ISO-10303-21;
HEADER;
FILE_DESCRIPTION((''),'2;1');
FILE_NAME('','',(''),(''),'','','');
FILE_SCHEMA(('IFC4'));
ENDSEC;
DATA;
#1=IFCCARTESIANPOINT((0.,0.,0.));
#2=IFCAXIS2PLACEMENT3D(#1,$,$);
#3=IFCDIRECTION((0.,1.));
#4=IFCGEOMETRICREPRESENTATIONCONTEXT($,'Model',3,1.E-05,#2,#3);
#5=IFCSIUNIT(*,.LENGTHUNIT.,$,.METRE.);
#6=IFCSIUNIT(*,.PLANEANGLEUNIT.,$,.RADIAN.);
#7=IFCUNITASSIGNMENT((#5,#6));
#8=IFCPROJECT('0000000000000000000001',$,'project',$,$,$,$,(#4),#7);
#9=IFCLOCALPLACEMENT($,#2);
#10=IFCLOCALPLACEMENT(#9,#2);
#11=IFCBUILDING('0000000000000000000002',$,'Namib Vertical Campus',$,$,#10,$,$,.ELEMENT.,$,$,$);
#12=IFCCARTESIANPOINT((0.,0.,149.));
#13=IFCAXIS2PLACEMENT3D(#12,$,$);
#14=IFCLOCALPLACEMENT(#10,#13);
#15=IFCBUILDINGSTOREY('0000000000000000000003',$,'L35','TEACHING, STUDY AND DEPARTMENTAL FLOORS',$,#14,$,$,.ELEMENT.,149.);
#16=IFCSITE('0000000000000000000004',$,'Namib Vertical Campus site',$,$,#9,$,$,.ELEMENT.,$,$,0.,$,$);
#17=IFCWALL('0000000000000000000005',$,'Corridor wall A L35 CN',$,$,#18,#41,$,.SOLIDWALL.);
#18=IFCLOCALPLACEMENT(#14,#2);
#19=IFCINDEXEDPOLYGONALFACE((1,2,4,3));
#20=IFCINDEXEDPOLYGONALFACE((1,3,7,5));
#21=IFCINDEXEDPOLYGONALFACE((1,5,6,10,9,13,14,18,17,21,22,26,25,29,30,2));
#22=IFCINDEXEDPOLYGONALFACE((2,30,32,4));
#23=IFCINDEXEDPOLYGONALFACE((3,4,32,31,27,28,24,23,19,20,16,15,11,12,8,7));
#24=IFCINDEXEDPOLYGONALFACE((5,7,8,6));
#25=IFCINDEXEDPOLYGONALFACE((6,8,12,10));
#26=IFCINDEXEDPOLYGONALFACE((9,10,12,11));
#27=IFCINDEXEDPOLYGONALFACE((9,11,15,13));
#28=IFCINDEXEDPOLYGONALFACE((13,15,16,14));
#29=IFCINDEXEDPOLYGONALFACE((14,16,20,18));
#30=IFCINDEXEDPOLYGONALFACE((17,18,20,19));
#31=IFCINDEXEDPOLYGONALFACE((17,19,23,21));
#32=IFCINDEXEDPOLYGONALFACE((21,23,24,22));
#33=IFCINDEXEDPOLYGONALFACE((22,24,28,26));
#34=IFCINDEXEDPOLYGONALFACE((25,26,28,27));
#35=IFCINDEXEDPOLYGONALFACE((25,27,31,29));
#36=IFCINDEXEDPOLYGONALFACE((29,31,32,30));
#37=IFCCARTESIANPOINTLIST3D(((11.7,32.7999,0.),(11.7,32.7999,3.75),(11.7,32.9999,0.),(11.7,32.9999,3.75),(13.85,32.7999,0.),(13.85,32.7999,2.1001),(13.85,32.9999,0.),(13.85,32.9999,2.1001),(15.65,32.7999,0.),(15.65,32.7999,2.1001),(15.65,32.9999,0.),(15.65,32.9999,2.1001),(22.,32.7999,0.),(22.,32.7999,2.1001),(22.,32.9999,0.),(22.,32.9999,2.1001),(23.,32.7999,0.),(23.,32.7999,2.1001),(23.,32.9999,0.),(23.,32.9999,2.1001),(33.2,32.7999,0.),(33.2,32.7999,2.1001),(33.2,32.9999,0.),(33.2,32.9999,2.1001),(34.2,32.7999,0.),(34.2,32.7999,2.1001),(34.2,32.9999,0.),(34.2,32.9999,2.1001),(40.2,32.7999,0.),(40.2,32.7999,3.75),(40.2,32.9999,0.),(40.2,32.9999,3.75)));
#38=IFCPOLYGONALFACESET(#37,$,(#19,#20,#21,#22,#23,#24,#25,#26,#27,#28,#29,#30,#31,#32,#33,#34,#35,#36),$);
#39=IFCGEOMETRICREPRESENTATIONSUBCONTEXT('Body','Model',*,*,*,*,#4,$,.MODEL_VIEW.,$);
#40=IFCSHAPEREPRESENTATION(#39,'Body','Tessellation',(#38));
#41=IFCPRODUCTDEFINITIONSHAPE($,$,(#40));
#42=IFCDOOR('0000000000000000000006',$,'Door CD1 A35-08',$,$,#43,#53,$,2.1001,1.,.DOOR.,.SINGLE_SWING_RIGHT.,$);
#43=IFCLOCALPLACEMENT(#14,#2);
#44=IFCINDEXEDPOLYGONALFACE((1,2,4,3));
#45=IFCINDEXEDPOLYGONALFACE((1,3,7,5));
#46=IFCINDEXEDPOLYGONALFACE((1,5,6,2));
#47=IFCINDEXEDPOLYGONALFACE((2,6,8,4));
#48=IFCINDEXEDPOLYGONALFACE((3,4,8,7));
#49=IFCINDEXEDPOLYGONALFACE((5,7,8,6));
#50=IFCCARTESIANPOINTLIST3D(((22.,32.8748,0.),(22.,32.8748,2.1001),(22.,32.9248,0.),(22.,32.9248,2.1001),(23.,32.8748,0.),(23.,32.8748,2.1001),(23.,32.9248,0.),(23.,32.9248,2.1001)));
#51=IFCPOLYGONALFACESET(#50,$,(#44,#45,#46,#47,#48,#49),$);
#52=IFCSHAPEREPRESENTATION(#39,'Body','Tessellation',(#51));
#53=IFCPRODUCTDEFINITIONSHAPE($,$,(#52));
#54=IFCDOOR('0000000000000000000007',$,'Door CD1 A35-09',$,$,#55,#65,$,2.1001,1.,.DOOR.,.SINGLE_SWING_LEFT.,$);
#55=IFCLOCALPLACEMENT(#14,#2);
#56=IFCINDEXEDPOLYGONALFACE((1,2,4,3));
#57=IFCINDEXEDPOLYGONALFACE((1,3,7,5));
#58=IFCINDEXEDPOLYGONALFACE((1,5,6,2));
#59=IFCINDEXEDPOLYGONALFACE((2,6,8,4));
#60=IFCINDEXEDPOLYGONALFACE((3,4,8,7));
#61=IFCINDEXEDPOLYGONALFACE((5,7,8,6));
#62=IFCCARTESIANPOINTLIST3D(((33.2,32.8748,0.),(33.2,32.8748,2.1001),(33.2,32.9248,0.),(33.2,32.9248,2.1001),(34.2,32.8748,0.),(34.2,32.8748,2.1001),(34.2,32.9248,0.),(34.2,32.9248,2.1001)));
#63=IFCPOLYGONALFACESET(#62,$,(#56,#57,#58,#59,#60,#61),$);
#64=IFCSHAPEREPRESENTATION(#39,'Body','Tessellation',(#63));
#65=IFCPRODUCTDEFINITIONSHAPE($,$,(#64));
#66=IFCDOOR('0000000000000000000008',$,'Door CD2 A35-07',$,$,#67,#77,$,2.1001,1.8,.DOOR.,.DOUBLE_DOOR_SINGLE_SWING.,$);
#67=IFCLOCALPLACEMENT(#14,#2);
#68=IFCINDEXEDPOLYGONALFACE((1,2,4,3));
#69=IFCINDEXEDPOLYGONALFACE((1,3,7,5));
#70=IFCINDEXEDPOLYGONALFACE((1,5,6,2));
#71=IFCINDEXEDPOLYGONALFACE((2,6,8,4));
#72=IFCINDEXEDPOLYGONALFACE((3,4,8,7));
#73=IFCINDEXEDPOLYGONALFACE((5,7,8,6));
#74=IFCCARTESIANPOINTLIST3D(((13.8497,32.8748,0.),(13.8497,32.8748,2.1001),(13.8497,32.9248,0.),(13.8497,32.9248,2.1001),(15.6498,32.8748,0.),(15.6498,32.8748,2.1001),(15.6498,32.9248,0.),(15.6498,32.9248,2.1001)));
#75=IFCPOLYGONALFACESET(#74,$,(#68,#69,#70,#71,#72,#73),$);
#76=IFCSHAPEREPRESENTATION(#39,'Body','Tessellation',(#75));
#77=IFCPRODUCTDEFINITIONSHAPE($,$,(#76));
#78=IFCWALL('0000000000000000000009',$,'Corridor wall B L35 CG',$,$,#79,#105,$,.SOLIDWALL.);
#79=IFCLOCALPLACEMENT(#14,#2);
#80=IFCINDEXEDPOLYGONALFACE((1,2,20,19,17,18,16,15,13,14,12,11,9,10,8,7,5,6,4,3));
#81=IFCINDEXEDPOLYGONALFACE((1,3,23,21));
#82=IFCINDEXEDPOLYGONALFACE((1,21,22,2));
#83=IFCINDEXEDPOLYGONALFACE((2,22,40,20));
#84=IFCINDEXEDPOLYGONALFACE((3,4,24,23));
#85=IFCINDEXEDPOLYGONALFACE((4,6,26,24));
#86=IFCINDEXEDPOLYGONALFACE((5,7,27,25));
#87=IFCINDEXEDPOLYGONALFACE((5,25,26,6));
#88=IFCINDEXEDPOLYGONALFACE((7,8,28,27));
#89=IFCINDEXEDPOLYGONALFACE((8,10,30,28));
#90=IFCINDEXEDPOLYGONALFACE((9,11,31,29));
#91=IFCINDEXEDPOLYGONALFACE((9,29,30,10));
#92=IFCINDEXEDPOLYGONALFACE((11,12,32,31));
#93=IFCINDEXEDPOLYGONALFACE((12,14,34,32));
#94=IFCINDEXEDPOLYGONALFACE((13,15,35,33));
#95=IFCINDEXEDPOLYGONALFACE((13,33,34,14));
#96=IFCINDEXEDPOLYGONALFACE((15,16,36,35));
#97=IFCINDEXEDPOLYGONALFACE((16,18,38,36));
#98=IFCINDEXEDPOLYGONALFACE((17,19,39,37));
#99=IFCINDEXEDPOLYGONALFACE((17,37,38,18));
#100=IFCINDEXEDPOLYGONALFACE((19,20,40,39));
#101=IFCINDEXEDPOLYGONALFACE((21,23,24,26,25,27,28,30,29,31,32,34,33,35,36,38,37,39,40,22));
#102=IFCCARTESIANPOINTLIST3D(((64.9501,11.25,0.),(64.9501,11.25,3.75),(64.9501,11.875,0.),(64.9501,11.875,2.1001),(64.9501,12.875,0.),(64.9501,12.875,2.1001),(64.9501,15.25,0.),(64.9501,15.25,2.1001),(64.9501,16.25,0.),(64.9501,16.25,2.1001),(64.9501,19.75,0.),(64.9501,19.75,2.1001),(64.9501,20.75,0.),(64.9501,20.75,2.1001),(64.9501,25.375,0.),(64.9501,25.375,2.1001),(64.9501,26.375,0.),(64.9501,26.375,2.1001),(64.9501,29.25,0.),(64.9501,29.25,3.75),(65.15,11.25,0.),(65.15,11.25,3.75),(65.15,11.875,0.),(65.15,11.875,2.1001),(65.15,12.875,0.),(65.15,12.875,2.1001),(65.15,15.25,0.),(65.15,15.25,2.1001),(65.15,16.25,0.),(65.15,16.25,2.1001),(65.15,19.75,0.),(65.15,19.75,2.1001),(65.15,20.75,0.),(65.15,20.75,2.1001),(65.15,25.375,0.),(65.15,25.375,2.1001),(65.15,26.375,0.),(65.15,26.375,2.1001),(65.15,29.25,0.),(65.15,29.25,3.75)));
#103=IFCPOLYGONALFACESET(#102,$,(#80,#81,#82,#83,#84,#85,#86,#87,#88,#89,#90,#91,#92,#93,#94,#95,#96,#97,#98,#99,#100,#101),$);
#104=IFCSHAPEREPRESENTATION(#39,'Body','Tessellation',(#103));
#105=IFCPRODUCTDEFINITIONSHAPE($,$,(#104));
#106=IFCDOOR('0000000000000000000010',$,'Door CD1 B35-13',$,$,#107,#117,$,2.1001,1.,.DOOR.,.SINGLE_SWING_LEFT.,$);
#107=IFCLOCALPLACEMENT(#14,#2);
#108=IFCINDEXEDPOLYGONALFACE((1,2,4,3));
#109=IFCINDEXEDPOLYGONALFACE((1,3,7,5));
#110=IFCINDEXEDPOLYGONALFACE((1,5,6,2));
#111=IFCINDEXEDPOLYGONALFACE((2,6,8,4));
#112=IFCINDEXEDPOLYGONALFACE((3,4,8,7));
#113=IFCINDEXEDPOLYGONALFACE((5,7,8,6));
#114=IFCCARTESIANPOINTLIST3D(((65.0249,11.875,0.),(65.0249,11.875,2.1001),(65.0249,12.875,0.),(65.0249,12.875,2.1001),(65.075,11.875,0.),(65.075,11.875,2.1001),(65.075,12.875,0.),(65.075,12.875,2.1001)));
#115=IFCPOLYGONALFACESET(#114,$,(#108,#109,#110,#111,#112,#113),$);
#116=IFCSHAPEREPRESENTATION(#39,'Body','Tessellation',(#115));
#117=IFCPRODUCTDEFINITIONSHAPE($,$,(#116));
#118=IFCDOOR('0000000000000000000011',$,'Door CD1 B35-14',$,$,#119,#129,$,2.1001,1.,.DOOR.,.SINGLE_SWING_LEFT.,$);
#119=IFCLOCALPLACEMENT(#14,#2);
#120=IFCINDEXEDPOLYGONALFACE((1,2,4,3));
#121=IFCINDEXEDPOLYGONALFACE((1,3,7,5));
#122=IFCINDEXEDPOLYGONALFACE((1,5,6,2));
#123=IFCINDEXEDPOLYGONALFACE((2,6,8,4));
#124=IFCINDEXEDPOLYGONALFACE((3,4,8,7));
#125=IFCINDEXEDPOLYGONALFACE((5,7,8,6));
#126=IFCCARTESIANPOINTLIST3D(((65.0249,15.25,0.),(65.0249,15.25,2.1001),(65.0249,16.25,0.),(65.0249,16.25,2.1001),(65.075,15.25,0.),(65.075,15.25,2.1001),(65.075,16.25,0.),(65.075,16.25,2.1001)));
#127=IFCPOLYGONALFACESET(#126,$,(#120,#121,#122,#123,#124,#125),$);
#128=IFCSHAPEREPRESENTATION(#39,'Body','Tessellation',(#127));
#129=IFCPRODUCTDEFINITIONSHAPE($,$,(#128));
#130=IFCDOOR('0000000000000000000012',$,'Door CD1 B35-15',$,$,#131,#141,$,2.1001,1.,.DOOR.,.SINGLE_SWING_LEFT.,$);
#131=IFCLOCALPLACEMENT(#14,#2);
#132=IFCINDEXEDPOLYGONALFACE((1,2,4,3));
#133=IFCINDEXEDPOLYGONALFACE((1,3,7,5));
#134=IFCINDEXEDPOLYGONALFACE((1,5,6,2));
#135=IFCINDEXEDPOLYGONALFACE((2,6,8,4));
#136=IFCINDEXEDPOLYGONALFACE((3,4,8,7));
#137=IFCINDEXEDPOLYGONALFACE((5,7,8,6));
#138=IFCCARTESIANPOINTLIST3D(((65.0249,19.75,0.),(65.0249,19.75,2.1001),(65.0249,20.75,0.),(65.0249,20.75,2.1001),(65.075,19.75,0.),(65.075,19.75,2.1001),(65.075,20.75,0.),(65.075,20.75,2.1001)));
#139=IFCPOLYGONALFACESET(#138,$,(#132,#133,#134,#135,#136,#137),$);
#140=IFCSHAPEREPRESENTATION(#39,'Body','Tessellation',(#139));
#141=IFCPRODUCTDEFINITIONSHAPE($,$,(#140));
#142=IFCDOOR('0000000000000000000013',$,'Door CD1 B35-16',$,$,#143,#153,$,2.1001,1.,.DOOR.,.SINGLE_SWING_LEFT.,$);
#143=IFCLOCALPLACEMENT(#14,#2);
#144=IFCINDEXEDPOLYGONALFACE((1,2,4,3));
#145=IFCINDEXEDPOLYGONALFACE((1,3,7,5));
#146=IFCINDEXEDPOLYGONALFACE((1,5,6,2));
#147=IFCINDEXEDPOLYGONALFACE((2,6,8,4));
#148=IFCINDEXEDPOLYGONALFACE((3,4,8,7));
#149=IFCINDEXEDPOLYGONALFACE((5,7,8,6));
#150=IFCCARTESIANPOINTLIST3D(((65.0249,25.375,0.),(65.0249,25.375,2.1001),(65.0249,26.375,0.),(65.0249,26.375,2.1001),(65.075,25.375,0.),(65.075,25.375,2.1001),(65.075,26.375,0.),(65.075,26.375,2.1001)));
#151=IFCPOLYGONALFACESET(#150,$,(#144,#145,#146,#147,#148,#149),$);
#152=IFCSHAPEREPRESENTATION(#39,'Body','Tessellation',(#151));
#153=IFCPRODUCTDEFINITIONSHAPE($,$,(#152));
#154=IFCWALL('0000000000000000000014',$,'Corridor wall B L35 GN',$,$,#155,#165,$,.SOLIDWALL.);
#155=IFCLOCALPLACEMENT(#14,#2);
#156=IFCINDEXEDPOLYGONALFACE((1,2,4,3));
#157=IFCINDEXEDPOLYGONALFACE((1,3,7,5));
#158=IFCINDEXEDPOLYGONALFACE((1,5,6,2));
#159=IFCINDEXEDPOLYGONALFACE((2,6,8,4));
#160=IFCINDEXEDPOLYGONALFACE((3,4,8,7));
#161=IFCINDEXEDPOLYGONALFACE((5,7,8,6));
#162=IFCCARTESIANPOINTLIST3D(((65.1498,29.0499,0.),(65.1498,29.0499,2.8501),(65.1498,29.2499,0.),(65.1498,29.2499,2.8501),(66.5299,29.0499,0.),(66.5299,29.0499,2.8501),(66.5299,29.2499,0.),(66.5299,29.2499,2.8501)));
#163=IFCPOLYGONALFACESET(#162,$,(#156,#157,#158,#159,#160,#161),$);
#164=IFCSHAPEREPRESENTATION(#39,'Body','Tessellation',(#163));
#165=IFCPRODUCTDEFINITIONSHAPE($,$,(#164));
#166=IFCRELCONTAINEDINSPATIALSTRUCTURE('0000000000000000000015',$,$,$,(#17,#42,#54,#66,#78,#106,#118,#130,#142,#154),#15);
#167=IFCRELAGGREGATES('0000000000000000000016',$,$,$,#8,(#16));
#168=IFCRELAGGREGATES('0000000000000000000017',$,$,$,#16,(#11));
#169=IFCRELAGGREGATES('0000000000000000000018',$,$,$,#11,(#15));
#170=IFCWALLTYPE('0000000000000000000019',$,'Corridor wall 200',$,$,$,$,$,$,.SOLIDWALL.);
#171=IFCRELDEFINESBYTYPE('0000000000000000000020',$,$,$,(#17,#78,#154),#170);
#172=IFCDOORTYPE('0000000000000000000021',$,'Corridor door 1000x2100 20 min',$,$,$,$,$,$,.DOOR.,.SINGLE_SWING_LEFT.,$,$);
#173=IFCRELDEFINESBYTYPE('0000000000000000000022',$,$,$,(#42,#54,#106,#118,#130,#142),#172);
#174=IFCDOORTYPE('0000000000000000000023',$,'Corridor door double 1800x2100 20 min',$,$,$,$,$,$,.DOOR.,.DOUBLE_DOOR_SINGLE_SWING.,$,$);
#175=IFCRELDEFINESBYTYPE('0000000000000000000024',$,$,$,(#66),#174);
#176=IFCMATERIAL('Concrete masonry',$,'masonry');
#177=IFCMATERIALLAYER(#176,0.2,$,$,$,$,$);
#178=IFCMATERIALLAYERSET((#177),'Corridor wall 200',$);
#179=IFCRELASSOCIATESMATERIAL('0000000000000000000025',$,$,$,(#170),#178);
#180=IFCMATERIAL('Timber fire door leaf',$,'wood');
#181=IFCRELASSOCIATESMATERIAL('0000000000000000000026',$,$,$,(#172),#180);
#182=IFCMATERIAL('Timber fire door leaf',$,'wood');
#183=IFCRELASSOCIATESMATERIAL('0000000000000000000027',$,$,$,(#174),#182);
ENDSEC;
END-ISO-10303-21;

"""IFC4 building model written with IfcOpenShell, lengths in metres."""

from ifc_helpers import new_model, si_unit, direction, frame, frame_2d, origin, place, context, subcontext, project, spatial, rectangle, extrude, material, layer, layer_set, type_object, element, fill, save


model = new_model("IFC4")

# Units and contexts
model_context = context("Model", 3, precision=1e-05, world=origin(), true_north=direction((0.0, 1.0)))
body_context = subcontext(model_context, "Body", "Model", "MODEL_VIEW")
ifc_project = project(units=[si_unit("LENGTHUNIT", "METRE"), si_unit("PLANEANGLEUNIT", "RADIAN")], contexts=[model_context])

# Site, building, storey
site_placement = place(None, origin())
site = spatial("IfcSite", under=ifc_project, at=site_placement, Name="Namib Vertical Campus site", CompositionType="ELEMENT", RefElevation=0.0)
building_placement = place(site_placement, origin())
building = spatial("IfcBuilding", under=site, at=building_placement, Name="Namib Vertical Campus", CompositionType="ELEMENT")
storey_placement = place(building_placement, frame((0.0, 0.0, 149.0)))
storey = spatial("IfcBuildingStorey", under=building, at=storey_placement, Name="L35", Description="TEACHING, STUDY AND DEPARTMENTAL FLOORS", CompositionType="ELEMENT", Elevation=149.0)

# Walls, openings, doors
ifc_material_1 = material(Name="Concrete masonry", Category="masonry")
ifc_layer_1 = layer(ifc_material_1, 0.2)
ifc_layer_set_1 = layer_set([ifc_layer_1], Name="Corridor wall 200")
wall_type_1 = type_object("IfcWallType", Name="Corridor wall 200", PredefinedType="SOLIDWALL", material=ifc_layer_set_1)
wall_1_placement = place(storey_placement, frame((40.2, 32.8999, 0.0), z_axis=(0.0, 0.0, 1.0), x_axis=(-1.0, 0.0, 0.0)))
wall_1 = element("IfcWall", 1, at=wall_1_placement, inside=storey, type_object=wall_type_1, Name="Corridor wall A L35 CN", PredefinedType="SOLIDWALL", context=body_context, shape_type="SweptSolid", body=[
    extrude(rectangle(XDim=28.5, YDim=0.2, at=frame_2d((14.25, 0.0))), origin(), (0.0, 0.0, 1.0), 3.75),
])
opening_1_placement = place(wall_1_placement, frame((24.55, 0.0, 0.0)))
opening_1 = element("IfcOpeningElement", 2, at=opening_1_placement, cuts=wall_1, PredefinedType="OPENING", context=body_context, shape_type="SweptSolid", body=[
    extrude(rectangle(XDim=1.8, YDim=2.1001, at=frame_2d((0.8999, 1.05))), frame((0.0, 0.1099, 0.0), z_axis=(0.0, -1.0, 0.0), x_axis=(1.0, 0.0, 0.0)), (0.0, 0.0, 1.0), 0.22),
])
opening_2_placement = place(wall_1_placement, frame((17.2, 0.0, 0.0)))
opening_2 = element("IfcOpeningElement", 3, at=opening_2_placement, cuts=wall_1, PredefinedType="OPENING", context=body_context, shape_type="SweptSolid", body=[
    extrude(rectangle(XDim=1.0, YDim=2.1001, at=frame_2d((0.5, 1.05))), frame((0.0, 0.1099, 0.0), z_axis=(0.0, -1.0, 0.0), x_axis=(1.0, 0.0, 0.0)), (0.0, 0.0, 1.0), 0.22),
])
opening_3_placement = place(wall_1_placement, frame((6.0, 0.0, 0.0)))
opening_3 = element("IfcOpeningElement", 4, at=opening_3_placement, cuts=wall_1, PredefinedType="OPENING", context=body_context, shape_type="SweptSolid", body=[
    extrude(rectangle(XDim=1.0, YDim=2.1001, at=frame_2d((0.5, 1.05))), frame((0.0, 0.1099, 0.0), z_axis=(0.0, -1.0, 0.0), x_axis=(1.0, 0.0, 0.0)), (0.0, 0.0, 1.0), 0.22),
])
ifc_material_2 = material(Name="Timber fire door leaf", Category="wood")
door_type_1 = type_object("IfcDoorType", Name="Corridor door 1000x2100 20 min", OperationType="SINGLE_SWING_LEFT", PredefinedType="DOOR", material=ifc_material_2)
door_1_placement = place(opening_2_placement, frame((1.0, 0.0, 0.0), z_axis=(0.0, 0.0, 1.0), x_axis=(-1.0, 0.0, 0.0)))
door_1 = element("IfcDoor", 5, at=door_1_placement, inside=storey, type_object=door_type_1, Name="Door CD1 A35-08", OperationType="SINGLE_SWING_RIGHT", OverallHeight=2.1001, OverallWidth=1.0, PredefinedType="DOOR", context=body_context, shape_type="SweptSolid", body=[
    extrude(rectangle(XDim=1.0, YDim=2.1001, at=frame_2d((0.5, 1.05))), frame((0.0, 0.0249, 0.0), z_axis=(0.0, -1.0, 0.0), x_axis=(1.0, 0.0, 0.0)), (0.0, 0.0, 1.0), 0.05),
])
fill(opening_2, door_1)
door_2_placement = place(opening_3_placement, frame((1.0, 0.0, 0.0), z_axis=(0.0, 0.0, 1.0), x_axis=(-1.0, 0.0, 0.0)))
door_2 = element("IfcDoor", 6, at=door_2_placement, inside=storey, type_object=door_type_1, Name="Door CD1 A35-09", OperationType="SINGLE_SWING_LEFT", OverallHeight=2.1001, OverallWidth=1.0, PredefinedType="DOOR", context=body_context, shape_type="SweptSolid", body=[
    extrude(rectangle(XDim=1.0, YDim=2.1001, at=frame_2d((0.5, 1.05))), frame((0.0, 0.0249, 0.0), z_axis=(0.0, -1.0, 0.0), x_axis=(1.0, 0.0, 0.0)), (0.0, 0.0, 1.0), 0.05),
])
fill(opening_3, door_2)
ifc_material_3 = material(Name="Timber fire door leaf", Category="wood")
door_type_2 = type_object("IfcDoorType", Name="Corridor door double 1800x2100 20 min", OperationType="DOUBLE_DOOR_SINGLE_SWING", PredefinedType="DOOR", material=ifc_material_3)
door_3_placement = place(opening_1_placement, frame((1.8, 0.0, 0.0), z_axis=(0.0, 0.0, 1.0), x_axis=(-1.0, 0.0, 0.0)))
door_3 = element("IfcDoor", 7, at=door_3_placement, inside=storey, type_object=door_type_2, Name="Door CD2 A35-07", OperationType="DOUBLE_DOOR_SINGLE_SWING", OverallHeight=2.1001, OverallWidth=1.8, PredefinedType="DOOR", context=body_context, shape_type="SweptSolid", body=[
    extrude(rectangle(XDim=1.8, YDim=2.1001, at=frame_2d((0.8999, 1.05))), frame((0.0, 0.0249, 0.0), z_axis=(0.0, -1.0, 0.0), x_axis=(1.0, 0.0, 0.0)), (0.0, 0.0, 1.0), 0.05),
])
fill(opening_1, door_3)
wall_2_placement = place(storey_placement, frame((65.05, 29.25, 0.0), z_axis=(0.0, 0.0, 1.0), x_axis=(0.0, -1.0, 0.0)))
wall_2 = element("IfcWall", 8, at=wall_2_placement, inside=storey, type_object=wall_type_1, Name="Corridor wall B L35 CG", PredefinedType="SOLIDWALL", context=body_context, shape_type="SweptSolid", body=[
    extrude(rectangle(XDim=18.0, YDim=0.2, at=frame_2d((9.0, 0.0))), origin(), (0.0, 0.0, 1.0), 3.75),
])
opening_4_placement = place(wall_2_placement, frame((16.375, 0.0, 0.0)))
opening_4 = element("IfcOpeningElement", 9, at=opening_4_placement, cuts=wall_2, PredefinedType="OPENING", context=body_context, shape_type="SweptSolid", body=[
    extrude(rectangle(XDim=1.0, YDim=2.1001, at=frame_2d((0.5, 1.05))), frame((0.0, 0.1099, 0.0), z_axis=(0.0, -1.0, 0.0), x_axis=(1.0, 0.0, 0.0)), (0.0, 0.0, 1.0), 0.22),
])
opening_5_placement = place(wall_2_placement, frame((13.0, 0.0, 0.0)))
opening_5 = element("IfcOpeningElement", 10, at=opening_5_placement, cuts=wall_2, PredefinedType="OPENING", context=body_context, shape_type="SweptSolid", body=[
    extrude(rectangle(XDim=1.0, YDim=2.1001, at=frame_2d((0.5, 1.05))), frame((0.0, 0.1099, 0.0), z_axis=(0.0, -1.0, 0.0), x_axis=(1.0, 0.0, 0.0)), (0.0, 0.0, 1.0), 0.22),
])
opening_6_placement = place(wall_2_placement, frame((8.5, 0.0, 0.0)))
opening_6 = element("IfcOpeningElement", 11, at=opening_6_placement, cuts=wall_2, PredefinedType="OPENING", context=body_context, shape_type="SweptSolid", body=[
    extrude(rectangle(XDim=1.0, YDim=2.1001, at=frame_2d((0.5, 1.05))), frame((0.0, 0.1099, 0.0), z_axis=(0.0, -1.0, 0.0), x_axis=(1.0, 0.0, 0.0)), (0.0, 0.0, 1.0), 0.22),
])
opening_7_placement = place(wall_2_placement, frame((2.875, 0.0, 0.0)))
opening_7 = element("IfcOpeningElement", 12, at=opening_7_placement, cuts=wall_2, PredefinedType="OPENING", context=body_context, shape_type="SweptSolid", body=[
    extrude(rectangle(XDim=1.0, YDim=2.1001, at=frame_2d((0.5, 1.05))), frame((0.0, 0.1099, 0.0), z_axis=(0.0, -1.0, 0.0), x_axis=(1.0, 0.0, 0.0)), (0.0, 0.0, 1.0), 0.22),
])
door_4_placement = place(opening_4_placement, origin())
door_4 = element("IfcDoor", 13, at=door_4_placement, inside=storey, type_object=door_type_1, Name="Door CD1 B35-13", OperationType="SINGLE_SWING_LEFT", OverallHeight=2.1001, OverallWidth=1.0, PredefinedType="DOOR", context=body_context, shape_type="SweptSolid", body=[
    extrude(rectangle(XDim=1.0, YDim=2.1001, at=frame_2d((0.5, 1.05))), frame((0.0, 0.0249, 0.0), z_axis=(0.0, -1.0, 0.0), x_axis=(1.0, 0.0, 0.0)), (0.0, 0.0, 1.0), 0.05),
])
fill(opening_4, door_4)
door_5_placement = place(opening_5_placement, origin())
door_5 = element("IfcDoor", 14, at=door_5_placement, inside=storey, type_object=door_type_1, Name="Door CD1 B35-14", OperationType="SINGLE_SWING_LEFT", OverallHeight=2.1001, OverallWidth=1.0, PredefinedType="DOOR", context=body_context, shape_type="SweptSolid", body=[
    extrude(rectangle(XDim=1.0, YDim=2.1001, at=frame_2d((0.5, 1.05))), frame((0.0, 0.0249, 0.0), z_axis=(0.0, -1.0, 0.0), x_axis=(1.0, 0.0, 0.0)), (0.0, 0.0, 1.0), 0.05),
])
fill(opening_5, door_5)
door_6_placement = place(opening_6_placement, origin())
door_6 = element("IfcDoor", 15, at=door_6_placement, inside=storey, type_object=door_type_1, Name="Door CD1 B35-15", OperationType="SINGLE_SWING_LEFT", OverallHeight=2.1001, OverallWidth=1.0, PredefinedType="DOOR", context=body_context, shape_type="SweptSolid", body=[
    extrude(rectangle(XDim=1.0, YDim=2.1001, at=frame_2d((0.5, 1.05))), frame((0.0, 0.0249, 0.0), z_axis=(0.0, -1.0, 0.0), x_axis=(1.0, 0.0, 0.0)), (0.0, 0.0, 1.0), 0.05),
])
fill(opening_6, door_6)
door_7_placement = place(opening_7_placement, origin())
door_7 = element("IfcDoor", 16, at=door_7_placement, inside=storey, type_object=door_type_1, Name="Door CD1 B35-16", OperationType="SINGLE_SWING_LEFT", OverallHeight=2.1001, OverallWidth=1.0, PredefinedType="DOOR", context=body_context, shape_type="SweptSolid", body=[
    extrude(rectangle(XDim=1.0, YDim=2.1001, at=frame_2d((0.5, 1.05))), frame((0.0, 0.0249, 0.0), z_axis=(0.0, -1.0, 0.0), x_axis=(1.0, 0.0, 0.0)), (0.0, 0.0, 1.0), 0.05),
])
fill(opening_7, door_7)

# Wall
wall_3_placement = place(storey_placement, frame((65.1499, 29.1499, 0.0), z_axis=(0.0, 0.0, 1.0), x_axis=(1.0, 0.0, 0.0)))
element("IfcWall", 17, at=wall_3_placement, inside=storey, type_object=wall_type_1, Name="Corridor wall B L35 GN", PredefinedType="SOLIDWALL", context=body_context, shape_type="SweptSolid", body=[
    extrude(rectangle(XDim=1.3801, YDim=0.2, at=frame_2d((0.6899, 0.0))), origin(), (0.0, 0.0, 1.0), 2.8501),
])

save(model, "model.ifc")
